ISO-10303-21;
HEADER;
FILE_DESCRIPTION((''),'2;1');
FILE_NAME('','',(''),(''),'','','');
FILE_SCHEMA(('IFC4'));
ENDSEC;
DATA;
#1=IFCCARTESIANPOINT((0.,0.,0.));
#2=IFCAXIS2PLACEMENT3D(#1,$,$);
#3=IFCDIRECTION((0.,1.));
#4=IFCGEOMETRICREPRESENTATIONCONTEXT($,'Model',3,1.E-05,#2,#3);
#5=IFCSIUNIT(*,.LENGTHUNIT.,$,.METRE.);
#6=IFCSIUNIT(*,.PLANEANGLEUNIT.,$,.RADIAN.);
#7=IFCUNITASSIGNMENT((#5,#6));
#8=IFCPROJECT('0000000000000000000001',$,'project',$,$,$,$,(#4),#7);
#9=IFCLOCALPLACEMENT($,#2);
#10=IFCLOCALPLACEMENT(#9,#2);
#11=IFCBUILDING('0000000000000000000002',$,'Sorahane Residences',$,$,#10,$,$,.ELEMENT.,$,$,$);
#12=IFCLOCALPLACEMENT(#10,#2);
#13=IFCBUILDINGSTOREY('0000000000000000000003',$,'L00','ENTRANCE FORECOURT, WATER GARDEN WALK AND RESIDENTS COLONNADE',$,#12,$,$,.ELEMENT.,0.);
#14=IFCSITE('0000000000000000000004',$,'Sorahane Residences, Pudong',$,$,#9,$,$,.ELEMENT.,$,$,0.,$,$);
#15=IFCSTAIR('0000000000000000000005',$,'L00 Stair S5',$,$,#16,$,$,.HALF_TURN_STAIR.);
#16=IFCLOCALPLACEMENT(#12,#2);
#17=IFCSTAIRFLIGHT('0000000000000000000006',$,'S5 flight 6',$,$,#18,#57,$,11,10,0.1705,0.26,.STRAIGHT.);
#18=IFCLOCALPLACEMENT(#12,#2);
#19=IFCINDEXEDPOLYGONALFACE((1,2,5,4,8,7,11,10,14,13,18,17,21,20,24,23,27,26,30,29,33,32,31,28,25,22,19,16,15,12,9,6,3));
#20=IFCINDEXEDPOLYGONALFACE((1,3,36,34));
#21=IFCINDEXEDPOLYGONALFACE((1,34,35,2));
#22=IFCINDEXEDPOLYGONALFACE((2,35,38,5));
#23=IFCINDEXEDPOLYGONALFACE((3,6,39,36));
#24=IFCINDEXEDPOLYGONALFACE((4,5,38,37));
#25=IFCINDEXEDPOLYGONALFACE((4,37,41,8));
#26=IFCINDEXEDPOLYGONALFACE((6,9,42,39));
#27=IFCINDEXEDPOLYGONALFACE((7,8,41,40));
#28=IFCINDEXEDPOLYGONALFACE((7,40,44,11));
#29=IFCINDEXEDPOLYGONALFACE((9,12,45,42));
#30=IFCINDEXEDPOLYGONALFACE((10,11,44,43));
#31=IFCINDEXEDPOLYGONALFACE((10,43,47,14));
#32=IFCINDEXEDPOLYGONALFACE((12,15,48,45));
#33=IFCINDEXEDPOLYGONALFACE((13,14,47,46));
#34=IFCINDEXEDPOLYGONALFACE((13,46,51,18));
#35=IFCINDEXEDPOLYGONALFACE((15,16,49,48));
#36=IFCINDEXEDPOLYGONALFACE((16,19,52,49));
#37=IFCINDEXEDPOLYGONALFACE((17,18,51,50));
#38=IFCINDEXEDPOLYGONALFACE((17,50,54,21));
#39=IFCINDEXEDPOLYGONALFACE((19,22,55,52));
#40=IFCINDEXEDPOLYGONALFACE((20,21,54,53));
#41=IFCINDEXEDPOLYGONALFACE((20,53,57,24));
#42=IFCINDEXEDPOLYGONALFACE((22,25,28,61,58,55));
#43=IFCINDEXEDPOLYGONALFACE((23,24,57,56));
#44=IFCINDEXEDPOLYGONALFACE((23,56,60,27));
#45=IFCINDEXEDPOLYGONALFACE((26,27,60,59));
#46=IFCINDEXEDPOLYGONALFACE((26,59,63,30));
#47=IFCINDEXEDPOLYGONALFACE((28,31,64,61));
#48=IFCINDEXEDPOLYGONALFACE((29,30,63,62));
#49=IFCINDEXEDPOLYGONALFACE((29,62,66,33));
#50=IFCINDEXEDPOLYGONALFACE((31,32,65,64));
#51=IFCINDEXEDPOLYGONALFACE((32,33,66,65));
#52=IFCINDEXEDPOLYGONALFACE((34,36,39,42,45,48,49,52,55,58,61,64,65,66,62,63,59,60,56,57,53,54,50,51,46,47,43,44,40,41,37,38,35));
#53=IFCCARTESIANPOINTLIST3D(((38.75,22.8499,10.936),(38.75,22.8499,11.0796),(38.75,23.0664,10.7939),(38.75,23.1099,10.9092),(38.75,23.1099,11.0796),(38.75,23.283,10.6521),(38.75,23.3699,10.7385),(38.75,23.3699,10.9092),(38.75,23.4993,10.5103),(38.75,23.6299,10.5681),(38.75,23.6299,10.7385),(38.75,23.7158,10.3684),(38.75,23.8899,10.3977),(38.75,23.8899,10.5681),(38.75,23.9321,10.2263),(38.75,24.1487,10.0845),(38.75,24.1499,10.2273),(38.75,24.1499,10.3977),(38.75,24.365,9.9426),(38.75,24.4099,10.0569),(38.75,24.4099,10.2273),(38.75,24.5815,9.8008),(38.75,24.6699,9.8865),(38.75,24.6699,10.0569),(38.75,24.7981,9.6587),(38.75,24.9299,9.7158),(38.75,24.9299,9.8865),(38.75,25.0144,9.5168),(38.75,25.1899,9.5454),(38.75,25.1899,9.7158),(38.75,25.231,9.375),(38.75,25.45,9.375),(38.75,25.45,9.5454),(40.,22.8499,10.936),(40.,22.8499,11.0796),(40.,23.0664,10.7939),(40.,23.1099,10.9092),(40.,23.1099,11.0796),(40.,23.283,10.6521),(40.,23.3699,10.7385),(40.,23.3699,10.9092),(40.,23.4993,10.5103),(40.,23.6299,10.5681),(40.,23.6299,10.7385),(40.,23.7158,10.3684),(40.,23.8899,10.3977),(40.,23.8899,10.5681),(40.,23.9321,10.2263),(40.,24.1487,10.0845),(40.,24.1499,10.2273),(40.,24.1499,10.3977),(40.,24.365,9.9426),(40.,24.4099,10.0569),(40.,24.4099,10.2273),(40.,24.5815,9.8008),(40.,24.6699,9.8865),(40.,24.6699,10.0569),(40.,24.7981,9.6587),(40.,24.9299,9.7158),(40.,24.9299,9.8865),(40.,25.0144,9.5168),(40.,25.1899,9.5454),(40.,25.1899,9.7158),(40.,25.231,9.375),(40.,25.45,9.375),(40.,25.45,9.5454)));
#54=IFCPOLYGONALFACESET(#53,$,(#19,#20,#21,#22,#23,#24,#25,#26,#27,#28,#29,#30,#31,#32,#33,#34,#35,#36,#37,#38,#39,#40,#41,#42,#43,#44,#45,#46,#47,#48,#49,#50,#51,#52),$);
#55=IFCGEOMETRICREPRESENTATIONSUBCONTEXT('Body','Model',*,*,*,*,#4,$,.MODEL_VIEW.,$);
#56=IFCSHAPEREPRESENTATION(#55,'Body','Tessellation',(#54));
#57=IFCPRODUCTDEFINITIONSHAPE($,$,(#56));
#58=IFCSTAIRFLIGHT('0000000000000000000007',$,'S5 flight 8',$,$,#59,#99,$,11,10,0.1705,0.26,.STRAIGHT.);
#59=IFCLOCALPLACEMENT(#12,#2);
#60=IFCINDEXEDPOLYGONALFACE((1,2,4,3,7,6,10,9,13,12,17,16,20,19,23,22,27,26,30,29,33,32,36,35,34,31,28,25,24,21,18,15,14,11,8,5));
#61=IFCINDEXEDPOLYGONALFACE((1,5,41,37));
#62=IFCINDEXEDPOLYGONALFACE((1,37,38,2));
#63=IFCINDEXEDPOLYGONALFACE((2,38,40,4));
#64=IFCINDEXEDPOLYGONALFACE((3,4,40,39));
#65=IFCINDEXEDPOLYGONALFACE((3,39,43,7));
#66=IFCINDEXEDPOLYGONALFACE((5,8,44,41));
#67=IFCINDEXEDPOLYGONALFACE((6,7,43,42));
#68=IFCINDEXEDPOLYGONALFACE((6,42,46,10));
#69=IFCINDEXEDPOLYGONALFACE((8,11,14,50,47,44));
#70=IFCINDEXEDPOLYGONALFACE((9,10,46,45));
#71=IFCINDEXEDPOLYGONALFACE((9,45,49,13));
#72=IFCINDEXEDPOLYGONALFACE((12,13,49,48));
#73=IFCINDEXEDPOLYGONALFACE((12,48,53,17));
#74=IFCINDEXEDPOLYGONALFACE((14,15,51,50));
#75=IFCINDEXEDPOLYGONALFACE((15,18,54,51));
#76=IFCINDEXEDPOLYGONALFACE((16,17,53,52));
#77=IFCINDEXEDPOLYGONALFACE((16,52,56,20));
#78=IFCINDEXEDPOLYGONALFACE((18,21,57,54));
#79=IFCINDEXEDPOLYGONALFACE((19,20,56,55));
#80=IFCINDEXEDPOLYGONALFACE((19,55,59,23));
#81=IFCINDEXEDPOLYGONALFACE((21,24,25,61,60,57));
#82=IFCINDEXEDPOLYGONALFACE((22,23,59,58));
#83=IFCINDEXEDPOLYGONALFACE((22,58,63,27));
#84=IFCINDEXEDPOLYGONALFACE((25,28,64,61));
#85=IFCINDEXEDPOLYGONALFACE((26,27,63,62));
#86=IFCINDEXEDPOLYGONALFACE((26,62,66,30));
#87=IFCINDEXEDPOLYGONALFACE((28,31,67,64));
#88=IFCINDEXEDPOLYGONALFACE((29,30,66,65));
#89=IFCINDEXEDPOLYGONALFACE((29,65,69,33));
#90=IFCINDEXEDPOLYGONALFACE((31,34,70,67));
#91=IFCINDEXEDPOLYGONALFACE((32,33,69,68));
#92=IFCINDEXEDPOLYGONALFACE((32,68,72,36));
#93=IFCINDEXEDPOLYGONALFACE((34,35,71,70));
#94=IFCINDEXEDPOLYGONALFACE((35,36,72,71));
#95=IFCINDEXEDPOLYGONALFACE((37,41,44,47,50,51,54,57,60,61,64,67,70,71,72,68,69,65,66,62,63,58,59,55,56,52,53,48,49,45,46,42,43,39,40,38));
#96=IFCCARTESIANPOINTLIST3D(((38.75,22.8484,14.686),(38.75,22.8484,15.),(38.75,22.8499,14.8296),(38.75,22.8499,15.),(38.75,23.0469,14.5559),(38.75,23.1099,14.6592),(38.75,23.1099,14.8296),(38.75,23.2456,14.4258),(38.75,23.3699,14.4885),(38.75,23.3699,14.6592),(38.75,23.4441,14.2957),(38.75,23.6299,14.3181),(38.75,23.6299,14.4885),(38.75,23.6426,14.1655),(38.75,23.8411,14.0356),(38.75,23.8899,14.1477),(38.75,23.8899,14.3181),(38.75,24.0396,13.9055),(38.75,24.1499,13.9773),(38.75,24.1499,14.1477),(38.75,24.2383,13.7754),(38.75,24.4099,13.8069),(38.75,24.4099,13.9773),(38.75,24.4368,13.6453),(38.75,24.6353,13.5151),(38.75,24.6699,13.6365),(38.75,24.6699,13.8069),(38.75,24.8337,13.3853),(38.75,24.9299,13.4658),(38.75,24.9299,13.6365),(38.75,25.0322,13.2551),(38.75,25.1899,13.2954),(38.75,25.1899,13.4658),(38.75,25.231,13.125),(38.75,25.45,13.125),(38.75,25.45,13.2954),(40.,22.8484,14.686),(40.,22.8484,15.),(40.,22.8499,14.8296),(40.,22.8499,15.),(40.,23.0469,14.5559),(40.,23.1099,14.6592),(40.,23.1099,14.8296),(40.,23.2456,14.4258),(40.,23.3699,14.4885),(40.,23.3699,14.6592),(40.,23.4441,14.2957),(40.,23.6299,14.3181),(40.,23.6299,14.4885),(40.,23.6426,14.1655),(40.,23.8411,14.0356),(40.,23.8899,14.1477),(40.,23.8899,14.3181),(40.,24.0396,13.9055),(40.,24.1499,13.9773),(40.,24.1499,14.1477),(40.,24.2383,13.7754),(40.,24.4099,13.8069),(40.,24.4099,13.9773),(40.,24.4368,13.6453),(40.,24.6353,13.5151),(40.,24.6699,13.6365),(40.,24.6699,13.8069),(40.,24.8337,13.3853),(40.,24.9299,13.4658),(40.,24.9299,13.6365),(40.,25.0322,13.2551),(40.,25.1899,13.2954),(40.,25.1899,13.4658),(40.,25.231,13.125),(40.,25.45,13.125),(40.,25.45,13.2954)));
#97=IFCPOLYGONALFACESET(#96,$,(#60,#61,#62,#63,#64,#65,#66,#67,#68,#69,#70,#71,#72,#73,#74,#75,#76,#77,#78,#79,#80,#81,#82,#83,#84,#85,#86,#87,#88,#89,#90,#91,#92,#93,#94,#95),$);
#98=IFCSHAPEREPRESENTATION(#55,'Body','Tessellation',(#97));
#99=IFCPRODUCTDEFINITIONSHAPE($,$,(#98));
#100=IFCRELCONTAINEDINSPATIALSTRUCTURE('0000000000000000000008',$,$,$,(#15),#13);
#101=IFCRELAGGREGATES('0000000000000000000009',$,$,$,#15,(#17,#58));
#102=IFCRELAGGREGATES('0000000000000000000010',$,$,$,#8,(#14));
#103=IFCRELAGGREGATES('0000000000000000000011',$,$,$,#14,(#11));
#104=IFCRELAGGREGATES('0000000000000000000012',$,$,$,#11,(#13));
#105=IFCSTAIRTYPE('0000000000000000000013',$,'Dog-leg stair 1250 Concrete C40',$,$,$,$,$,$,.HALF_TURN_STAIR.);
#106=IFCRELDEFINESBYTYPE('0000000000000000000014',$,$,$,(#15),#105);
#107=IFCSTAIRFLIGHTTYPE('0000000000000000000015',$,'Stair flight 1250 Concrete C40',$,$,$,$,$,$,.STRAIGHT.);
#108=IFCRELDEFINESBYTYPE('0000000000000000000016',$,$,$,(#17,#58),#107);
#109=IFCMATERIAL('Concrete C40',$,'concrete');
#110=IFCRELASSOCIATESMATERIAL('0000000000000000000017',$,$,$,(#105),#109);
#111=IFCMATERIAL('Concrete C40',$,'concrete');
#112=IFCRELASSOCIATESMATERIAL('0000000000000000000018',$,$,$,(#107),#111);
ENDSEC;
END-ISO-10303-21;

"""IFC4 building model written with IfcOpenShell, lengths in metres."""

from ifc_helpers import new_model, si_unit, direction, frame, origin, place, context, subcontext, project, spatial, polyline, outline, extrude, material, type_object, element, aggregate, save


model = new_model("IFC4")

# Units and contexts
model_context = context("Model", 3, precision=1e-05, world=origin(), true_north=direction((0.0, 1.0)))
body_context = subcontext(model_context, "Body", "Model", "MODEL_VIEW")
ifc_project = project(units=[si_unit("LENGTHUNIT", "METRE"), si_unit("PLANEANGLEUNIT", "RADIAN")], contexts=[model_context])

# Site, building, storey
site_placement = place(None, origin())
site = spatial("IfcSite", under=ifc_project, at=site_placement, Name="Sorahane Residences, Pudong", CompositionType="ELEMENT", RefElevation=0.0)
building_placement = place(site_placement, origin())
building = spatial("IfcBuilding", under=site, at=building_placement, Name="Sorahane Residences", CompositionType="ELEMENT")
storey_placement = place(building_placement, origin())
storey = spatial("IfcBuildingStorey", under=building, at=storey_placement, Name="L00", Description="ENTRANCE FORECOURT, WATER GARDEN WALK AND RESIDENTS COLONNADE", CompositionType="ELEMENT", Elevation=0.0)

# Stair, stair flights
ifc_material_1 = material(Name="Concrete C40", Category="concrete")
stair_type = type_object("IfcStairType", Name="Dog-leg stair 1250 Concrete C40", PredefinedType="HALF_TURN_STAIR", material=ifc_material_1)
stair_placement = place(storey_placement, origin())
stair = element("IfcStair", 1, at=stair_placement, inside=storey, type_object=stair_type, Name="L00 Stair S5", PredefinedType="HALF_TURN_STAIR")
ifc_material_2 = material(Name="Concrete C40", Category="concrete")
stair_flight_type = type_object("IfcStairFlightType", Name="Stair flight 1250 Concrete C40", PredefinedType="STRAIGHT", material=ifc_material_2)
stair_flight_1_placement = place(storey_placement, frame((39.375, 25.45, 9.375), z_axis=(0.0, 0.0, 1.0), x_axis=(0.0, -1.0, 0.0)))
stair_flight_1 = element("IfcStairFlight", 2, at=stair_flight_1_placement, type_object=stair_flight_type, Name="S5 flight 6", NumberOfRisers=11, NumberOfTreads=10, PredefinedType="STRAIGHT", RiserHeight=0.1705, TreadLength=0.26, context=body_context, shape_type="SweptSolid", body=[
    extrude(outline(polyline([(0.0, 0.0), (0.0, 0.1704), (0.26, 0.1704), (0.26, 0.3408), (0.52, 0.3408), (0.52, 0.5115), (0.78, 0.5115), (0.78, 0.6819), (1.04, 0.6819), (1.04, 0.8523), (1.3, 0.8523), (1.3, 1.0227), (1.5601, 1.0227), (1.5601, 1.1931), (1.8201, 1.1931), (1.8201, 1.3635), (2.0801, 1.3635), (2.0801, 1.5342), (2.3401, 1.5342), (2.3401, 1.7046), (2.6001, 1.7046), (2.6001, 1.875), (2.6001, 1.561), (2.3835, 1.4189), (2.167, 1.2771), (1.9507, 1.1353), (1.7341, 0.9934), (1.5178, 0.8513), (1.3013, 0.7095), (1.085, 0.5676), (0.8684, 0.4258), (0.6519, 0.2837), (0.4355, 0.1418), (0.219, 0.0), (0.0, 0.0)])), frame((0.0, 0.625, 0.0), z_axis=(0.0, -1.0, 0.0), x_axis=(1.0, 0.0, 0.0)), (0.0, 0.0, 1.0), 1.25),
])
stair_flight_2_placement = place(storey_placement, frame((39.375, 25.45, 13.125), z_axis=(0.0, 0.0, 1.0), x_axis=(0.0, -1.0, 0.0)))
stair_flight_2 = element("IfcStairFlight", 3, at=stair_flight_2_placement, type_object=stair_flight_type, Name="S5 flight 8", NumberOfRisers=11, NumberOfTreads=10, PredefinedType="STRAIGHT", RiserHeight=0.1705, TreadLength=0.26, context=body_context, shape_type="SweptSolid", body=[
    extrude(outline(polyline([(0.0, 0.0), (0.0, 0.1704), (0.26, 0.1704), (0.26, 0.3408), (0.52, 0.3408), (0.52, 0.5115), (0.78, 0.5115), (0.78, 0.6819), (1.04, 0.6819), (1.04, 0.8523), (1.3, 0.8523), (1.3, 1.0227), (1.5601, 1.0227), (1.5601, 1.1931), (1.8201, 1.1931), (1.8201, 1.3635), (2.0801, 1.3635), (2.0801, 1.5342), (2.3401, 1.5342), (2.3401, 1.7046), (2.6001, 1.7046), (2.6001, 1.875), (2.6016, 1.875), (2.6016, 1.561), (2.4031, 1.4309), (2.2043, 1.3008), (2.0059, 1.1707), (1.8074, 1.0405), (1.6089, 0.9106), (1.4104, 0.7805), (1.2117, 0.6504), (1.0132, 0.5203), (0.8147, 0.3901), (0.6162, 0.2603), (0.4177, 0.1301), (0.219, 0.0), (0.0, 0.0)])), frame((0.0, 0.625, 0.0), z_axis=(0.0, -1.0, 0.0), x_axis=(1.0, 0.0, 0.0)), (0.0, 0.0, 1.0), 1.25),
])
aggregate(stair, [stair_flight_1, stair_flight_2])

save(model, "model.ifc")
